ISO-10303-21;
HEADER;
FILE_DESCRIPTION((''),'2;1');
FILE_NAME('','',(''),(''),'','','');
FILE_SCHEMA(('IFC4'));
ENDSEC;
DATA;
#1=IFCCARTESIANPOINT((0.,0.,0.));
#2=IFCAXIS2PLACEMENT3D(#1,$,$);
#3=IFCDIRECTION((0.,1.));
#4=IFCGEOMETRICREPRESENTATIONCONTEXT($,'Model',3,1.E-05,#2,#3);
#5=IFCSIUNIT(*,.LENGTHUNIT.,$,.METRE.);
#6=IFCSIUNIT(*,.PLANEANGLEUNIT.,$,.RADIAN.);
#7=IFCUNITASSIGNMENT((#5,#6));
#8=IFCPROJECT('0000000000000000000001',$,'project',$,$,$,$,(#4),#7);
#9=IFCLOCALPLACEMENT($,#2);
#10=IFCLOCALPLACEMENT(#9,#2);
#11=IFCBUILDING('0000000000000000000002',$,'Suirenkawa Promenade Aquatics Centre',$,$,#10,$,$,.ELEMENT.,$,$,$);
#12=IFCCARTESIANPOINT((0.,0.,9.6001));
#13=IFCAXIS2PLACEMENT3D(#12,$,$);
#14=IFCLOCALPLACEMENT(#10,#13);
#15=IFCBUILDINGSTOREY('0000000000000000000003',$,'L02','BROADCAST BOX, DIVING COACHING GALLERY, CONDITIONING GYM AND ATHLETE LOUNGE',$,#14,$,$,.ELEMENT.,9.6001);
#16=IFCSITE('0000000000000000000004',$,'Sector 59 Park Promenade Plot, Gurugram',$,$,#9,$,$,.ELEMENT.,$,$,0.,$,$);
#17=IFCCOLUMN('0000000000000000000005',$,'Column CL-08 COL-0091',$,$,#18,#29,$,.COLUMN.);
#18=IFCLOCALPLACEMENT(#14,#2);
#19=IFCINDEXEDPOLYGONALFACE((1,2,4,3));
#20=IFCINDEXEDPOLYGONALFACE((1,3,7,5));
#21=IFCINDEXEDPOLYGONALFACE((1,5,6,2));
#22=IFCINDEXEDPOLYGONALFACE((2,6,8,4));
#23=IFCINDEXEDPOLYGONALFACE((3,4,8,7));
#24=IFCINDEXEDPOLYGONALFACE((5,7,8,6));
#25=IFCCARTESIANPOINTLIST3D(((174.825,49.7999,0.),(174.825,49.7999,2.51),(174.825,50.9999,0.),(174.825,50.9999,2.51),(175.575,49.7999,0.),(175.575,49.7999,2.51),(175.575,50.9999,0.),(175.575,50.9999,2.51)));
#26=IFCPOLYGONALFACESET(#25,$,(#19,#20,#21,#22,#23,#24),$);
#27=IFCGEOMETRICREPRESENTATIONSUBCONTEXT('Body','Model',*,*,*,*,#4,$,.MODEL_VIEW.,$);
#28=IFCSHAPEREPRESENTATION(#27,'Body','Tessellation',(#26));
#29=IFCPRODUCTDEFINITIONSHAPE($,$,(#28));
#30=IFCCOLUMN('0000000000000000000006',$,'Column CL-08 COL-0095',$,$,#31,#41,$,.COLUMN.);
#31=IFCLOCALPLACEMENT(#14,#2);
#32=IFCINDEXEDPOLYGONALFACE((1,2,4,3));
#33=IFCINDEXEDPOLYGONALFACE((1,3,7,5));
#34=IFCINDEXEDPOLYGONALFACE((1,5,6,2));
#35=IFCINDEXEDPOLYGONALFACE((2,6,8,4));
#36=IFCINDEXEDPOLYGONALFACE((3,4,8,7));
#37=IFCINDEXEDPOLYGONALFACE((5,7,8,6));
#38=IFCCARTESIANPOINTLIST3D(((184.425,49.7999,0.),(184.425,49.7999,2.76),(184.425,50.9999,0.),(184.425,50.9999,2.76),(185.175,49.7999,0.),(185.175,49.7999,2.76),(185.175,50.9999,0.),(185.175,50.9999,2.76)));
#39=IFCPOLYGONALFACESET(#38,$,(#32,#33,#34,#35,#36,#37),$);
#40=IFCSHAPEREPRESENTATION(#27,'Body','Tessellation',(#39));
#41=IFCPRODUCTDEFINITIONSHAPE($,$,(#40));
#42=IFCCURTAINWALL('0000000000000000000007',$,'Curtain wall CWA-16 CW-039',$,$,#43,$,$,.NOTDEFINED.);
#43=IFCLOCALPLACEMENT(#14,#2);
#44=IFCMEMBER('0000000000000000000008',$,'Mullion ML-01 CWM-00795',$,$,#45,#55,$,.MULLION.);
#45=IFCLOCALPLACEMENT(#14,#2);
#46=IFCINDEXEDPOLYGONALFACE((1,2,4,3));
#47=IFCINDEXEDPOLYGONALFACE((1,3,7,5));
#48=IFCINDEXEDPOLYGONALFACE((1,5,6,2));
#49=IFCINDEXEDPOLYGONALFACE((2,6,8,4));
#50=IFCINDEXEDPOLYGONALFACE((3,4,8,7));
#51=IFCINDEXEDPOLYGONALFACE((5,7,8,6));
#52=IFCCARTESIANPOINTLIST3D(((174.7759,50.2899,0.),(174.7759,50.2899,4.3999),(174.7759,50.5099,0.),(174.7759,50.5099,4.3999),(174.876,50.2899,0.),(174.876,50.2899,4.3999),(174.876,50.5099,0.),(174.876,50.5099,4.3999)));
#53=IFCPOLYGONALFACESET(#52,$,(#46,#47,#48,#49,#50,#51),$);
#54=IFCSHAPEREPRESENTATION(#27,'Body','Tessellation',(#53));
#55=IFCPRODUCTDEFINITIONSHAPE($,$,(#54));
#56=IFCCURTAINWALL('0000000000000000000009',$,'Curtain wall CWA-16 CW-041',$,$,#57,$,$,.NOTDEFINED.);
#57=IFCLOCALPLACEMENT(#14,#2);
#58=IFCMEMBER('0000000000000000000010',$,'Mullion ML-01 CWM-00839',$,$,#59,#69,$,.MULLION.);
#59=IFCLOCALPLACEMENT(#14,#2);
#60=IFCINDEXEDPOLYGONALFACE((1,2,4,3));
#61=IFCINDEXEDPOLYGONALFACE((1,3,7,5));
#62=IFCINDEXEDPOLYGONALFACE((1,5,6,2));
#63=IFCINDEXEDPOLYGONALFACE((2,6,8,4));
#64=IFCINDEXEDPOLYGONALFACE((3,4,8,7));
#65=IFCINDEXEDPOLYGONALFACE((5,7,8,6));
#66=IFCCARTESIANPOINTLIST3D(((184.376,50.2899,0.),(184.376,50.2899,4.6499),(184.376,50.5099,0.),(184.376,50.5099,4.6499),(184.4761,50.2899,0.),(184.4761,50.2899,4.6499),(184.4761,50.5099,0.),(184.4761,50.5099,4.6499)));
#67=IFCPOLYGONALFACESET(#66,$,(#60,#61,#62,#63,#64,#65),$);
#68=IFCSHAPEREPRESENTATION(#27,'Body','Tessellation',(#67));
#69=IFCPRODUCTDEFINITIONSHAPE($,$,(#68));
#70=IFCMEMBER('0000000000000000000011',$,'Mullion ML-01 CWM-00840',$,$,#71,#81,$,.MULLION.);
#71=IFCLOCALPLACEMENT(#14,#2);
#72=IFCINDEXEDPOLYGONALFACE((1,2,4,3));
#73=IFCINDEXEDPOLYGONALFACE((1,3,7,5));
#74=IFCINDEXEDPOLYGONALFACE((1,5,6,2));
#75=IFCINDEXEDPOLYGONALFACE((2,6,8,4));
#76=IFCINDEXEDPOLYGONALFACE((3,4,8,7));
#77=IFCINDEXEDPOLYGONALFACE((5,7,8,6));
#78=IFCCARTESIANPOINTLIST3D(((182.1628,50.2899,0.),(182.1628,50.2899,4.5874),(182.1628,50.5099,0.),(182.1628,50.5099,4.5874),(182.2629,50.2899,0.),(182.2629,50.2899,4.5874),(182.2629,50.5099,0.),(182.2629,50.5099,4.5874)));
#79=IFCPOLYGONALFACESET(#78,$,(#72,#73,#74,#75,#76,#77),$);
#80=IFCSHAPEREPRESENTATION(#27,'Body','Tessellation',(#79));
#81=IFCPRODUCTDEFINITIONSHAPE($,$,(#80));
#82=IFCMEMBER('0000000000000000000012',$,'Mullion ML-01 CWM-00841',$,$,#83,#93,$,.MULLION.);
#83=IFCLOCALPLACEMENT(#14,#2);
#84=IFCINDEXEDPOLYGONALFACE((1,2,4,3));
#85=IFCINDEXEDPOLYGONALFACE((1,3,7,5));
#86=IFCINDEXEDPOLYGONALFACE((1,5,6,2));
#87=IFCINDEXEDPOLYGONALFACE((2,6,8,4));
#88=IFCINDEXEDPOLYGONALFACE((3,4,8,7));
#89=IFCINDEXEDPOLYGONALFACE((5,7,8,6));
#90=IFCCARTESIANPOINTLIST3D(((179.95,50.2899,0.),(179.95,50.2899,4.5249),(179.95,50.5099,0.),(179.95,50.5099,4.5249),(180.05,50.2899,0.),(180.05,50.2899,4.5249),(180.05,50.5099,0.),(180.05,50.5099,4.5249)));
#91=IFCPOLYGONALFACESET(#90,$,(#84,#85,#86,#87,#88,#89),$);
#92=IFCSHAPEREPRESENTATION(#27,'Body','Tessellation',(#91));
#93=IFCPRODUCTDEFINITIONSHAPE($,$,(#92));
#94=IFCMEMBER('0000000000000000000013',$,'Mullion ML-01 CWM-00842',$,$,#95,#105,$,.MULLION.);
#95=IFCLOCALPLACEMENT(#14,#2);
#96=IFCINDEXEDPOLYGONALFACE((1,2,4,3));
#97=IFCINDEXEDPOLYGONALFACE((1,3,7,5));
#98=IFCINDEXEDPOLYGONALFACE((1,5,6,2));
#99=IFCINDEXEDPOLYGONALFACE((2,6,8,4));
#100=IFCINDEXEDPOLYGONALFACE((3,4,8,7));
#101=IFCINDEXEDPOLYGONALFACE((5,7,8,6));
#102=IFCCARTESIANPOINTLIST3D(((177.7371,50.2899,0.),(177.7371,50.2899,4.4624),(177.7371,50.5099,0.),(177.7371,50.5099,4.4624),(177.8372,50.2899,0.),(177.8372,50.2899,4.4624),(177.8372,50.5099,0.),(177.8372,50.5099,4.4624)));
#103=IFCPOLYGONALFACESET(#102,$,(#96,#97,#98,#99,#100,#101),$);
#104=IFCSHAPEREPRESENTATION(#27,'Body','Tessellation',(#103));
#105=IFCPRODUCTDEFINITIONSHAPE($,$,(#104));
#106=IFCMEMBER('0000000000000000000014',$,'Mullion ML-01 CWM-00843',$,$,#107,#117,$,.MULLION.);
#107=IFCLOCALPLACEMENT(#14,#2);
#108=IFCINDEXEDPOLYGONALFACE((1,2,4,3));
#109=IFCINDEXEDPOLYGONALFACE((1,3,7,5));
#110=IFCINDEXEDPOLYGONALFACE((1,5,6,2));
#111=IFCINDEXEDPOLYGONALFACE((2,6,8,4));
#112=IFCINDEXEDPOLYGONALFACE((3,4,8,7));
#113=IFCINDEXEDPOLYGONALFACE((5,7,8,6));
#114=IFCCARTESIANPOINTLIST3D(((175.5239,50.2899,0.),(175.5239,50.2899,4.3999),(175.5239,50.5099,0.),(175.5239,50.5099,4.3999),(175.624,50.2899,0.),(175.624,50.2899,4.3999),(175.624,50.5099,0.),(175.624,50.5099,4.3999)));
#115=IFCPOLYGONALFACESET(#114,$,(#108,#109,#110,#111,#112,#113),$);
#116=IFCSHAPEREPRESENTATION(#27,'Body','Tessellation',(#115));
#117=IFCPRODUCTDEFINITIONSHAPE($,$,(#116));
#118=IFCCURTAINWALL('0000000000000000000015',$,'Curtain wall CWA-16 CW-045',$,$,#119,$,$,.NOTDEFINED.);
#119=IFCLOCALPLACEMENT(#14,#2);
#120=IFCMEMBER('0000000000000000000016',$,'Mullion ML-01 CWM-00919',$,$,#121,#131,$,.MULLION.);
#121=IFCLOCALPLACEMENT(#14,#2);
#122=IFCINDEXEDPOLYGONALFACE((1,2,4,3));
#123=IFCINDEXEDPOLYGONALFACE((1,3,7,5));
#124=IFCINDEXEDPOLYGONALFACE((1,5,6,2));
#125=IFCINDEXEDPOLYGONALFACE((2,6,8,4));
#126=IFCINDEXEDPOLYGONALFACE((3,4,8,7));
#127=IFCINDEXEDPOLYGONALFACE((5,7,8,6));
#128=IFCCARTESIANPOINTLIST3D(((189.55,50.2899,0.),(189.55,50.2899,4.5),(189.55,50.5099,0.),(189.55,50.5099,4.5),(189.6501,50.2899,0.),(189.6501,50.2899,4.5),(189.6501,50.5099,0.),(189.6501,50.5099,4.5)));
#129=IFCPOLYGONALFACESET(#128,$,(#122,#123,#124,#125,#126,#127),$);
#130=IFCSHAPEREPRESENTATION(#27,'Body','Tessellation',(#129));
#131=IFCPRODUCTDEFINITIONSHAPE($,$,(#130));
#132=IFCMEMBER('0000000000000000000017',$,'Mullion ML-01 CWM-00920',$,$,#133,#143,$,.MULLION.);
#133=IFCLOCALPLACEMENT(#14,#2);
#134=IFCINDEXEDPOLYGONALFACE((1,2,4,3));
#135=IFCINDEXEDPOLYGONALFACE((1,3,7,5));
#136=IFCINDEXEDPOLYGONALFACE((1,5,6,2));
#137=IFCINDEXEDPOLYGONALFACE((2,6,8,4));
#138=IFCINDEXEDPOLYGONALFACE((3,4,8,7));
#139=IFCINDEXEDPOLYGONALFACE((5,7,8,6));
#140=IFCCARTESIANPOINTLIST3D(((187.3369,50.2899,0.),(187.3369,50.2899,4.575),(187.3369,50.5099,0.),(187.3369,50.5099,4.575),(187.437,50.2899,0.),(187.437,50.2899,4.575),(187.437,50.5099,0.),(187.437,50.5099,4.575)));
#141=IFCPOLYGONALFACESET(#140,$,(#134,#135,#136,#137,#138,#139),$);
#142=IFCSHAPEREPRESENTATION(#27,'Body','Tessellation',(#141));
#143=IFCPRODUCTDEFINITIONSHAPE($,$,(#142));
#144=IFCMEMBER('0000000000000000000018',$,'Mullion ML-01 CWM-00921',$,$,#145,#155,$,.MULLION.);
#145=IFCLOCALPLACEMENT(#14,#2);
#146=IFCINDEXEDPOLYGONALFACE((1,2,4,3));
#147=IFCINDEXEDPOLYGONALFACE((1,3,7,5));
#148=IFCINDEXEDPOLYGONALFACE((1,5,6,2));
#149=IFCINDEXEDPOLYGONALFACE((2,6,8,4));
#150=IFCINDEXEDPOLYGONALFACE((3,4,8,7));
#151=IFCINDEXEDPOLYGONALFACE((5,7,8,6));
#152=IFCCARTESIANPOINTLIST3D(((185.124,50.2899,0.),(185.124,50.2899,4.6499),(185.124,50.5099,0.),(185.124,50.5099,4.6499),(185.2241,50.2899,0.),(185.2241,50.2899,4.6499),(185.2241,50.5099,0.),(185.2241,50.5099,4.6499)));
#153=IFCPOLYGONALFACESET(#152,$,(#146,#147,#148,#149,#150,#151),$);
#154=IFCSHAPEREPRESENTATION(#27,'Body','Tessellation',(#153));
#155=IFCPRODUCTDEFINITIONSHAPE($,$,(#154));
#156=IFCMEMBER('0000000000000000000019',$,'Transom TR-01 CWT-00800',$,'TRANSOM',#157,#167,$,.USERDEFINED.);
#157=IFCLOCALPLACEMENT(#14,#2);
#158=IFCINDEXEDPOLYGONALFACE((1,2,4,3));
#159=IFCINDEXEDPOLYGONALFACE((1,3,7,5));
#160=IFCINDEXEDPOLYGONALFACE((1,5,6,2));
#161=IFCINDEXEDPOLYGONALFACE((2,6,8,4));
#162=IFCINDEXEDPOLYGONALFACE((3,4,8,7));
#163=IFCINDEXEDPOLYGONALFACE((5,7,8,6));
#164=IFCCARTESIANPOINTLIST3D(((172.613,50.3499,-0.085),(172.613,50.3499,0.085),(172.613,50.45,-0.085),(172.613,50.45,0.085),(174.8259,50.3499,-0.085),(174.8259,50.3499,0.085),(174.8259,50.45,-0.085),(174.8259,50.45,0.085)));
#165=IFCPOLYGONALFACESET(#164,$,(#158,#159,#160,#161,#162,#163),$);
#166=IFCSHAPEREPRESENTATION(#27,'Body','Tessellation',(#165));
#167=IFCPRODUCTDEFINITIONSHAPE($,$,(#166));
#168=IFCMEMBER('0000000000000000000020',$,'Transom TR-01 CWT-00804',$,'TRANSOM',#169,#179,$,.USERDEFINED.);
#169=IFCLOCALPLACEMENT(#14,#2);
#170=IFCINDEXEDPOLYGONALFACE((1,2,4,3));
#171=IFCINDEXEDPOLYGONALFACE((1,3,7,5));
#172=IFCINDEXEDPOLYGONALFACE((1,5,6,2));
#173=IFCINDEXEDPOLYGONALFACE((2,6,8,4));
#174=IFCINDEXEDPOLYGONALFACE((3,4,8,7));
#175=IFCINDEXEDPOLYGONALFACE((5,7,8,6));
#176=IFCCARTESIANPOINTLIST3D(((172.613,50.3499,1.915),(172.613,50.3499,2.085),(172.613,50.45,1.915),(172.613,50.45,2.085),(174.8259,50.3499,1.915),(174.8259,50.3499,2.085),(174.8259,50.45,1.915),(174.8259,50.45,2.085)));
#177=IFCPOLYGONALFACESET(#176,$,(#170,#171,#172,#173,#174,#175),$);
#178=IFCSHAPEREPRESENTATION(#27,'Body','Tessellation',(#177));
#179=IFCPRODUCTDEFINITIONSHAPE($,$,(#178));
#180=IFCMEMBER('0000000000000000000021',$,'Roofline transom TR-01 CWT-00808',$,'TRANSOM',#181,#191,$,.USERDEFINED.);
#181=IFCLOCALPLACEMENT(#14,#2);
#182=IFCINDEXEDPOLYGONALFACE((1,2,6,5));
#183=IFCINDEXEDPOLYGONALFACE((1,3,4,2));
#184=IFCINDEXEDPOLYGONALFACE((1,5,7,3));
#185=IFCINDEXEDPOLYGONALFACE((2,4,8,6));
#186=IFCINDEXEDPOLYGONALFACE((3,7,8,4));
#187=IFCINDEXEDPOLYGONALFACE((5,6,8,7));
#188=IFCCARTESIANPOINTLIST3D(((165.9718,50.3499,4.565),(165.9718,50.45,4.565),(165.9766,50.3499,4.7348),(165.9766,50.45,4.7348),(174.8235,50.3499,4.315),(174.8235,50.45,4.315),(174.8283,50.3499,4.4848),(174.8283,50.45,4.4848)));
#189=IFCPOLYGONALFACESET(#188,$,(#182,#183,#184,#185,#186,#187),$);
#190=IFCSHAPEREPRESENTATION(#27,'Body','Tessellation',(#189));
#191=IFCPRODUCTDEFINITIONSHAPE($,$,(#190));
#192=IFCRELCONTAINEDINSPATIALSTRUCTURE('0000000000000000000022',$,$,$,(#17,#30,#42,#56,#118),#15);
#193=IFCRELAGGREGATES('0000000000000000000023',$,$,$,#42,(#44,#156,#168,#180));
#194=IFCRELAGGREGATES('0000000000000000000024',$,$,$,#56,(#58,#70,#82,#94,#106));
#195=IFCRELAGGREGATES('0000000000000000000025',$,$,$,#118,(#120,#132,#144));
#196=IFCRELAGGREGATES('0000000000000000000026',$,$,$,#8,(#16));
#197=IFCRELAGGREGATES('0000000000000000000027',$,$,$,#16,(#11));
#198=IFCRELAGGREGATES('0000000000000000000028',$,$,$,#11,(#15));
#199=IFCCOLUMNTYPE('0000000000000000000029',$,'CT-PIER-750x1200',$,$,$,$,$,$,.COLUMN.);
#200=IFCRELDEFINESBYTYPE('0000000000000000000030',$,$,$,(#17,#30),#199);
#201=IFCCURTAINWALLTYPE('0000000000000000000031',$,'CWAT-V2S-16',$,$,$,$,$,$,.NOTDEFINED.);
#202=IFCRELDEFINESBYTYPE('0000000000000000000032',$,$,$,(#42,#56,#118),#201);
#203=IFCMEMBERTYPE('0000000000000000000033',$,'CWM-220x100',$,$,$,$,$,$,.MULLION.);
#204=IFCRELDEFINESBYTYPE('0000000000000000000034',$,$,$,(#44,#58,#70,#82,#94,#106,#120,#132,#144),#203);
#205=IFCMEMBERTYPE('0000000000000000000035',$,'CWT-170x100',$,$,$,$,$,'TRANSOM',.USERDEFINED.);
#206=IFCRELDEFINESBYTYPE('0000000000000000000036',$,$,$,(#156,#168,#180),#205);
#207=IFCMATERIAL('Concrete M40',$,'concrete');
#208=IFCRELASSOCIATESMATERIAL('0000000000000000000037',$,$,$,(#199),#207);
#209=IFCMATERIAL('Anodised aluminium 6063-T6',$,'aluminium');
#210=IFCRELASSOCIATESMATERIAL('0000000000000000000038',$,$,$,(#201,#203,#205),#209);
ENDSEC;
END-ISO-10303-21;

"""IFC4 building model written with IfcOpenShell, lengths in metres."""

from ifc_helpers import new_model, si_unit, direction, frame, origin, origin_2d, place, context, subcontext, project, spatial, rectangle, extrude, material, material_profile, profile_set, type_object, element, aggregate, save


model = new_model("IFC4")

# Units and contexts
model_context = context("Model", 3, precision=1e-05, world=origin(), true_north=direction((0.0, 1.0)))
body_context = subcontext(model_context, "Body", "Model", "MODEL_VIEW")
ifc_project = project(units=[si_unit("LENGTHUNIT", "METRE"), si_unit("PLANEANGLEUNIT", "RADIAN")], contexts=[model_context])

# Site, building, storey
site_placement = place(None, origin())
site = spatial("IfcSite", under=ifc_project, at=site_placement, Name="Sector 59 Park Promenade Plot, Gurugram", CompositionType="ELEMENT", RefElevation=0.0)
building_placement = place(site_placement, origin())
building = spatial("IfcBuilding", under=site, at=building_placement, Name="Suirenkawa Promenade Aquatics Centre", CompositionType="ELEMENT")
storey_placement = place(building_placement, frame((0.0, 0.0, 9.6001)))
storey = spatial("IfcBuildingStorey", under=building, at=storey_placement, Name="L02", Description="BROADCAST BOX, DIVING COACHING GALLERY, CONDITIONING GYM AND ATHLETE LOUNGE", CompositionType="ELEMENT", Elevation=9.6001)

# Columns
ifc_material_1 = material(Name="Concrete M40", Category="concrete")
ifc_material_profile_1 = material_profile(ifc_material_1, rectangle(XDim=0.75, YDim=1.2, at=origin_2d()), Name="RC PIER 750x1200", Category="concrete")
ifc_profile_set_1 = profile_set([ifc_material_profile_1], Name="Concrete M40")
column_type = type_object("IfcColumnType", Name="CT-PIER-750x1200", PredefinedType="COLUMN", material=ifc_profile_set_1)
column_1_placement = place(storey_placement, frame((175.2, 50.3999, 0.0), z_axis=(0.0, 0.0, 1.0), x_axis=(1.0, 0.0, 0.0)))
element("IfcColumn", 1, at=column_1_placement, inside=storey, type_object=column_type, Name="Column CL-08 COL-0091", PredefinedType="COLUMN", context=body_context, shape_type="SweptSolid", body=[
    extrude(rectangle(XDim=0.75, YDim=1.2, at=origin_2d()), origin(), (0.0, 0.0, 1.0), 2.51),
])
column_2_placement = place(storey_placement, frame((184.8, 50.3999, 0.0), z_axis=(0.0, 0.0, 1.0), x_axis=(1.0, 0.0, 0.0)))
element("IfcColumn", 2, at=column_2_placement, inside=storey, type_object=column_type, Name="Column CL-08 COL-0095", PredefinedType="COLUMN", context=body_context, shape_type="SweptSolid", body=[
    extrude(rectangle(XDim=0.75, YDim=1.2, at=origin_2d()), origin(), (0.0, 0.0, 1.0), 2.76),
])

# Curtain wall, member
ifc_material_2 = material(Name="Anodised aluminium 6063-T6", Category="aluminium")
curtain_wall_type = type_object("IfcCurtainWallType", Name="CWAT-V2S-16", PredefinedType="NOTDEFINED", material=ifc_material_2)
curtain_wall_1_placement = place(storey_placement, origin())
curtain_wall_1 = element("IfcCurtainWall", 3, at=curtain_wall_1_placement, inside=storey, type_object=curtain_wall_type, Name="Curtain wall CWA-16 CW-039", PredefinedType="NOTDEFINED")
ifc_material_profile_2 = material_profile(ifc_material_2, rectangle(XDim=0.1001, YDim=0.22, at=origin_2d()), Name="ALU MULL 100x220", Category="aluminium")
ifc_profile_set_2 = profile_set([ifc_material_profile_2], Name="Anodised aluminium 6063-T6")
member_type_1 = type_object("IfcMemberType", Name="CWM-220x100", PredefinedType="MULLION", material=ifc_profile_set_2)
member_1_placement = place(storey_placement, frame((174.8259, 50.3999, 0.0), z_axis=(0.0, 0.0, 1.0), x_axis=(-1.0, 0.0, 0.0)))
member_1 = element("IfcMember", 4, at=member_1_placement, type_object=member_type_1, Name="Mullion ML-01 CWM-00795", PredefinedType="MULLION", context=body_context, shape_type="SweptSolid", body=[
    extrude(rectangle(XDim=0.1001, YDim=0.22, at=origin_2d()), origin(), (0.0, 0.0, 1.0), 4.3999),
])

# Curtain walls, members
curtain_wall_2_placement = place(storey_placement, origin())
curtain_wall_2 = element("IfcCurtainWall", 5, at=curtain_wall_2_placement, inside=storey, type_object=curtain_wall_type, Name="Curtain wall CWA-16 CW-041", PredefinedType="NOTDEFINED")
member_2_placement = place(storey_placement, frame((184.426, 50.3999, 0.0), z_axis=(0.0, 0.0, 1.0), x_axis=(-1.0, 0.0, 0.0)))
member_2 = element("IfcMember", 6, at=member_2_placement, type_object=member_type_1, Name="Mullion ML-01 CWM-00839", PredefinedType="MULLION", context=body_context, shape_type="SweptSolid", body=[
    extrude(rectangle(XDim=0.1001, YDim=0.22, at=origin_2d()), origin(), (0.0, 0.0, 1.0), 4.6499),
])
member_3_placement = place(storey_placement, frame((182.2129, 50.3999, 0.0), z_axis=(0.0, 0.0, 1.0), x_axis=(-1.0, 0.0, 0.0)))
member_3 = element("IfcMember", 7, at=member_3_placement, type_object=member_type_1, Name="Mullion ML-01 CWM-00840", PredefinedType="MULLION", context=body_context, shape_type="SweptSolid", body=[
    extrude(rectangle(XDim=0.1001, YDim=0.22, at=origin_2d()), origin(), (0.0, 0.0, 1.0), 4.5874),
])
member_4_placement = place(storey_placement, frame((180.0, 50.3999, 0.0), z_axis=(0.0, 0.0, 1.0), x_axis=(-1.0, 0.0, 0.0)))
member_4 = element("IfcMember", 8, at=member_4_placement, type_object=member_type_1, Name="Mullion ML-01 CWM-00841", PredefinedType="MULLION", context=body_context, shape_type="SweptSolid", body=[
    extrude(rectangle(XDim=0.1001, YDim=0.22, at=origin_2d()), origin(), (0.0, 0.0, 1.0), 4.5249),
])
member_5_placement = place(storey_placement, frame((177.7871, 50.3999, 0.0), z_axis=(0.0, 0.0, 1.0), x_axis=(-1.0, 0.0, 0.0)))
member_5 = element("IfcMember", 9, at=member_5_placement, type_object=member_type_1, Name="Mullion ML-01 CWM-00842", PredefinedType="MULLION", context=body_context, shape_type="SweptSolid", body=[
    extrude(rectangle(XDim=0.1001, YDim=0.22, at=origin_2d()), origin(), (0.0, 0.0, 1.0), 4.4624),
])
member_6_placement = place(storey_placement, frame((175.574, 50.3999, 0.0), z_axis=(0.0, 0.0, 1.0), x_axis=(-1.0, 0.0, 0.0)))
member_6 = element("IfcMember", 10, at=member_6_placement, type_object=member_type_1, Name="Mullion ML-01 CWM-00843", PredefinedType="MULLION", context=body_context, shape_type="SweptSolid", body=[
    extrude(rectangle(XDim=0.1001, YDim=0.22, at=origin_2d()), origin(), (0.0, 0.0, 1.0), 4.3999),
])
curtain_wall_3_placement = place(storey_placement, origin())
curtain_wall_3 = element("IfcCurtainWall", 11, at=curtain_wall_3_placement, inside=storey, type_object=curtain_wall_type, Name="Curtain wall CWA-16 CW-045", PredefinedType="NOTDEFINED")
member_7_placement = place(storey_placement, frame((189.6001, 50.3999, 0.0), z_axis=(0.0, 0.0, 1.0), x_axis=(-1.0, 0.0, 0.0)))
member_7 = element("IfcMember", 12, at=member_7_placement, type_object=member_type_1, Name="Mullion ML-01 CWM-00919", PredefinedType="MULLION", context=body_context, shape_type="SweptSolid", body=[
    extrude(rectangle(XDim=0.1001, YDim=0.22, at=origin_2d()), origin(), (0.0, 0.0, 1.0), 4.5),
])
member_8_placement = place(storey_placement, frame((187.387, 50.3999, 0.0), z_axis=(0.0, 0.0, 1.0), x_axis=(-1.0, 0.0, 0.0)))
member_8 = element("IfcMember", 13, at=member_8_placement, type_object=member_type_1, Name="Mullion ML-01 CWM-00920", PredefinedType="MULLION", context=body_context, shape_type="SweptSolid", body=[
    extrude(rectangle(XDim=0.1001, YDim=0.22, at=origin_2d()), origin(), (0.0, 0.0, 1.0), 4.575),
])
member_9_placement = place(storey_placement, frame((185.1741, 50.3999, 0.0), z_axis=(0.0, 0.0, 1.0), x_axis=(-1.0, 0.0, 0.0)))
member_9 = element("IfcMember", 14, at=member_9_placement, type_object=member_type_1, Name="Mullion ML-01 CWM-00921", PredefinedType="MULLION", context=body_context, shape_type="SweptSolid", body=[
    extrude(rectangle(XDim=0.1001, YDim=0.22, at=origin_2d()), origin(), (0.0, 0.0, 1.0), 4.6499),
])

# Members
ifc_material_profile_3 = material_profile(ifc_material_2, rectangle(XDim=0.1001, YDim=0.1699, at=origin_2d()), Name="ALU TRAN 100x170", Category="aluminium")
ifc_profile_set_3 = profile_set([ifc_material_profile_3], Name="Anodised aluminium 6063-T6")
member_type_2 = type_object("IfcMemberType", Name="CWT-170x100", ElementType="TRANSOM", PredefinedType="USERDEFINED", material=ifc_profile_set_3)
member_10_placement = place(storey_placement, frame((174.8259, 50.3999, 0.0), z_axis=(-1.0, 0.0, 0.0), x_axis=(0.0, -1.0, 0.0)))
member_10 = element("IfcMember", 15, at=member_10_placement, type_object=member_type_2, Name="Transom TR-01 CWT-00800", ObjectType="TRANSOM", PredefinedType="USERDEFINED", context=body_context, shape_type="SweptSolid", body=[
    extrude(rectangle(XDim=0.1001, YDim=0.1699, at=origin_2d()), origin(), (0.0, 0.0, 1.0), 2.2129),
])
member_11_placement = place(storey_placement, frame((174.8259, 50.3999, 2.0), z_axis=(-1.0, 0.0, 0.0), x_axis=(0.0, -1.0, 0.0)))
member_11 = element("IfcMember", 16, at=member_11_placement, type_object=member_type_2, Name="Transom TR-01 CWT-00804", ObjectType="TRANSOM", PredefinedType="USERDEFINED", context=body_context, shape_type="SweptSolid", body=[
    extrude(rectangle(XDim=0.1001, YDim=0.1699, at=origin_2d()), origin(), (0.0, 0.0, 1.0), 2.2129),
])
member_12_placement = place(storey_placement, frame((174.8259, 50.3999, 4.3999), z_axis=(-0.999601, 0.0, 0.028232), x_axis=(0.0, -1.0, 0.0)))
member_12 = element("IfcMember", 17, at=member_12_placement, type_object=member_type_2, Name="Roofline transom TR-01 CWT-00808", ObjectType="TRANSOM", PredefinedType="USERDEFINED", context=body_context, shape_type="SweptSolid", body=[
    extrude(rectangle(XDim=0.1001, YDim=0.1699, at=origin_2d()), origin(), (0.0, 0.0, 1.0), 8.8552),
])

aggregate(curtain_wall_1, [member_1, member_10, member_11, member_12])
aggregate(curtain_wall_2, [member_2, member_3, member_4, member_5, member_6])
aggregate(curtain_wall_3, [member_7, member_8, member_9])

save(model, "model.ifc")
